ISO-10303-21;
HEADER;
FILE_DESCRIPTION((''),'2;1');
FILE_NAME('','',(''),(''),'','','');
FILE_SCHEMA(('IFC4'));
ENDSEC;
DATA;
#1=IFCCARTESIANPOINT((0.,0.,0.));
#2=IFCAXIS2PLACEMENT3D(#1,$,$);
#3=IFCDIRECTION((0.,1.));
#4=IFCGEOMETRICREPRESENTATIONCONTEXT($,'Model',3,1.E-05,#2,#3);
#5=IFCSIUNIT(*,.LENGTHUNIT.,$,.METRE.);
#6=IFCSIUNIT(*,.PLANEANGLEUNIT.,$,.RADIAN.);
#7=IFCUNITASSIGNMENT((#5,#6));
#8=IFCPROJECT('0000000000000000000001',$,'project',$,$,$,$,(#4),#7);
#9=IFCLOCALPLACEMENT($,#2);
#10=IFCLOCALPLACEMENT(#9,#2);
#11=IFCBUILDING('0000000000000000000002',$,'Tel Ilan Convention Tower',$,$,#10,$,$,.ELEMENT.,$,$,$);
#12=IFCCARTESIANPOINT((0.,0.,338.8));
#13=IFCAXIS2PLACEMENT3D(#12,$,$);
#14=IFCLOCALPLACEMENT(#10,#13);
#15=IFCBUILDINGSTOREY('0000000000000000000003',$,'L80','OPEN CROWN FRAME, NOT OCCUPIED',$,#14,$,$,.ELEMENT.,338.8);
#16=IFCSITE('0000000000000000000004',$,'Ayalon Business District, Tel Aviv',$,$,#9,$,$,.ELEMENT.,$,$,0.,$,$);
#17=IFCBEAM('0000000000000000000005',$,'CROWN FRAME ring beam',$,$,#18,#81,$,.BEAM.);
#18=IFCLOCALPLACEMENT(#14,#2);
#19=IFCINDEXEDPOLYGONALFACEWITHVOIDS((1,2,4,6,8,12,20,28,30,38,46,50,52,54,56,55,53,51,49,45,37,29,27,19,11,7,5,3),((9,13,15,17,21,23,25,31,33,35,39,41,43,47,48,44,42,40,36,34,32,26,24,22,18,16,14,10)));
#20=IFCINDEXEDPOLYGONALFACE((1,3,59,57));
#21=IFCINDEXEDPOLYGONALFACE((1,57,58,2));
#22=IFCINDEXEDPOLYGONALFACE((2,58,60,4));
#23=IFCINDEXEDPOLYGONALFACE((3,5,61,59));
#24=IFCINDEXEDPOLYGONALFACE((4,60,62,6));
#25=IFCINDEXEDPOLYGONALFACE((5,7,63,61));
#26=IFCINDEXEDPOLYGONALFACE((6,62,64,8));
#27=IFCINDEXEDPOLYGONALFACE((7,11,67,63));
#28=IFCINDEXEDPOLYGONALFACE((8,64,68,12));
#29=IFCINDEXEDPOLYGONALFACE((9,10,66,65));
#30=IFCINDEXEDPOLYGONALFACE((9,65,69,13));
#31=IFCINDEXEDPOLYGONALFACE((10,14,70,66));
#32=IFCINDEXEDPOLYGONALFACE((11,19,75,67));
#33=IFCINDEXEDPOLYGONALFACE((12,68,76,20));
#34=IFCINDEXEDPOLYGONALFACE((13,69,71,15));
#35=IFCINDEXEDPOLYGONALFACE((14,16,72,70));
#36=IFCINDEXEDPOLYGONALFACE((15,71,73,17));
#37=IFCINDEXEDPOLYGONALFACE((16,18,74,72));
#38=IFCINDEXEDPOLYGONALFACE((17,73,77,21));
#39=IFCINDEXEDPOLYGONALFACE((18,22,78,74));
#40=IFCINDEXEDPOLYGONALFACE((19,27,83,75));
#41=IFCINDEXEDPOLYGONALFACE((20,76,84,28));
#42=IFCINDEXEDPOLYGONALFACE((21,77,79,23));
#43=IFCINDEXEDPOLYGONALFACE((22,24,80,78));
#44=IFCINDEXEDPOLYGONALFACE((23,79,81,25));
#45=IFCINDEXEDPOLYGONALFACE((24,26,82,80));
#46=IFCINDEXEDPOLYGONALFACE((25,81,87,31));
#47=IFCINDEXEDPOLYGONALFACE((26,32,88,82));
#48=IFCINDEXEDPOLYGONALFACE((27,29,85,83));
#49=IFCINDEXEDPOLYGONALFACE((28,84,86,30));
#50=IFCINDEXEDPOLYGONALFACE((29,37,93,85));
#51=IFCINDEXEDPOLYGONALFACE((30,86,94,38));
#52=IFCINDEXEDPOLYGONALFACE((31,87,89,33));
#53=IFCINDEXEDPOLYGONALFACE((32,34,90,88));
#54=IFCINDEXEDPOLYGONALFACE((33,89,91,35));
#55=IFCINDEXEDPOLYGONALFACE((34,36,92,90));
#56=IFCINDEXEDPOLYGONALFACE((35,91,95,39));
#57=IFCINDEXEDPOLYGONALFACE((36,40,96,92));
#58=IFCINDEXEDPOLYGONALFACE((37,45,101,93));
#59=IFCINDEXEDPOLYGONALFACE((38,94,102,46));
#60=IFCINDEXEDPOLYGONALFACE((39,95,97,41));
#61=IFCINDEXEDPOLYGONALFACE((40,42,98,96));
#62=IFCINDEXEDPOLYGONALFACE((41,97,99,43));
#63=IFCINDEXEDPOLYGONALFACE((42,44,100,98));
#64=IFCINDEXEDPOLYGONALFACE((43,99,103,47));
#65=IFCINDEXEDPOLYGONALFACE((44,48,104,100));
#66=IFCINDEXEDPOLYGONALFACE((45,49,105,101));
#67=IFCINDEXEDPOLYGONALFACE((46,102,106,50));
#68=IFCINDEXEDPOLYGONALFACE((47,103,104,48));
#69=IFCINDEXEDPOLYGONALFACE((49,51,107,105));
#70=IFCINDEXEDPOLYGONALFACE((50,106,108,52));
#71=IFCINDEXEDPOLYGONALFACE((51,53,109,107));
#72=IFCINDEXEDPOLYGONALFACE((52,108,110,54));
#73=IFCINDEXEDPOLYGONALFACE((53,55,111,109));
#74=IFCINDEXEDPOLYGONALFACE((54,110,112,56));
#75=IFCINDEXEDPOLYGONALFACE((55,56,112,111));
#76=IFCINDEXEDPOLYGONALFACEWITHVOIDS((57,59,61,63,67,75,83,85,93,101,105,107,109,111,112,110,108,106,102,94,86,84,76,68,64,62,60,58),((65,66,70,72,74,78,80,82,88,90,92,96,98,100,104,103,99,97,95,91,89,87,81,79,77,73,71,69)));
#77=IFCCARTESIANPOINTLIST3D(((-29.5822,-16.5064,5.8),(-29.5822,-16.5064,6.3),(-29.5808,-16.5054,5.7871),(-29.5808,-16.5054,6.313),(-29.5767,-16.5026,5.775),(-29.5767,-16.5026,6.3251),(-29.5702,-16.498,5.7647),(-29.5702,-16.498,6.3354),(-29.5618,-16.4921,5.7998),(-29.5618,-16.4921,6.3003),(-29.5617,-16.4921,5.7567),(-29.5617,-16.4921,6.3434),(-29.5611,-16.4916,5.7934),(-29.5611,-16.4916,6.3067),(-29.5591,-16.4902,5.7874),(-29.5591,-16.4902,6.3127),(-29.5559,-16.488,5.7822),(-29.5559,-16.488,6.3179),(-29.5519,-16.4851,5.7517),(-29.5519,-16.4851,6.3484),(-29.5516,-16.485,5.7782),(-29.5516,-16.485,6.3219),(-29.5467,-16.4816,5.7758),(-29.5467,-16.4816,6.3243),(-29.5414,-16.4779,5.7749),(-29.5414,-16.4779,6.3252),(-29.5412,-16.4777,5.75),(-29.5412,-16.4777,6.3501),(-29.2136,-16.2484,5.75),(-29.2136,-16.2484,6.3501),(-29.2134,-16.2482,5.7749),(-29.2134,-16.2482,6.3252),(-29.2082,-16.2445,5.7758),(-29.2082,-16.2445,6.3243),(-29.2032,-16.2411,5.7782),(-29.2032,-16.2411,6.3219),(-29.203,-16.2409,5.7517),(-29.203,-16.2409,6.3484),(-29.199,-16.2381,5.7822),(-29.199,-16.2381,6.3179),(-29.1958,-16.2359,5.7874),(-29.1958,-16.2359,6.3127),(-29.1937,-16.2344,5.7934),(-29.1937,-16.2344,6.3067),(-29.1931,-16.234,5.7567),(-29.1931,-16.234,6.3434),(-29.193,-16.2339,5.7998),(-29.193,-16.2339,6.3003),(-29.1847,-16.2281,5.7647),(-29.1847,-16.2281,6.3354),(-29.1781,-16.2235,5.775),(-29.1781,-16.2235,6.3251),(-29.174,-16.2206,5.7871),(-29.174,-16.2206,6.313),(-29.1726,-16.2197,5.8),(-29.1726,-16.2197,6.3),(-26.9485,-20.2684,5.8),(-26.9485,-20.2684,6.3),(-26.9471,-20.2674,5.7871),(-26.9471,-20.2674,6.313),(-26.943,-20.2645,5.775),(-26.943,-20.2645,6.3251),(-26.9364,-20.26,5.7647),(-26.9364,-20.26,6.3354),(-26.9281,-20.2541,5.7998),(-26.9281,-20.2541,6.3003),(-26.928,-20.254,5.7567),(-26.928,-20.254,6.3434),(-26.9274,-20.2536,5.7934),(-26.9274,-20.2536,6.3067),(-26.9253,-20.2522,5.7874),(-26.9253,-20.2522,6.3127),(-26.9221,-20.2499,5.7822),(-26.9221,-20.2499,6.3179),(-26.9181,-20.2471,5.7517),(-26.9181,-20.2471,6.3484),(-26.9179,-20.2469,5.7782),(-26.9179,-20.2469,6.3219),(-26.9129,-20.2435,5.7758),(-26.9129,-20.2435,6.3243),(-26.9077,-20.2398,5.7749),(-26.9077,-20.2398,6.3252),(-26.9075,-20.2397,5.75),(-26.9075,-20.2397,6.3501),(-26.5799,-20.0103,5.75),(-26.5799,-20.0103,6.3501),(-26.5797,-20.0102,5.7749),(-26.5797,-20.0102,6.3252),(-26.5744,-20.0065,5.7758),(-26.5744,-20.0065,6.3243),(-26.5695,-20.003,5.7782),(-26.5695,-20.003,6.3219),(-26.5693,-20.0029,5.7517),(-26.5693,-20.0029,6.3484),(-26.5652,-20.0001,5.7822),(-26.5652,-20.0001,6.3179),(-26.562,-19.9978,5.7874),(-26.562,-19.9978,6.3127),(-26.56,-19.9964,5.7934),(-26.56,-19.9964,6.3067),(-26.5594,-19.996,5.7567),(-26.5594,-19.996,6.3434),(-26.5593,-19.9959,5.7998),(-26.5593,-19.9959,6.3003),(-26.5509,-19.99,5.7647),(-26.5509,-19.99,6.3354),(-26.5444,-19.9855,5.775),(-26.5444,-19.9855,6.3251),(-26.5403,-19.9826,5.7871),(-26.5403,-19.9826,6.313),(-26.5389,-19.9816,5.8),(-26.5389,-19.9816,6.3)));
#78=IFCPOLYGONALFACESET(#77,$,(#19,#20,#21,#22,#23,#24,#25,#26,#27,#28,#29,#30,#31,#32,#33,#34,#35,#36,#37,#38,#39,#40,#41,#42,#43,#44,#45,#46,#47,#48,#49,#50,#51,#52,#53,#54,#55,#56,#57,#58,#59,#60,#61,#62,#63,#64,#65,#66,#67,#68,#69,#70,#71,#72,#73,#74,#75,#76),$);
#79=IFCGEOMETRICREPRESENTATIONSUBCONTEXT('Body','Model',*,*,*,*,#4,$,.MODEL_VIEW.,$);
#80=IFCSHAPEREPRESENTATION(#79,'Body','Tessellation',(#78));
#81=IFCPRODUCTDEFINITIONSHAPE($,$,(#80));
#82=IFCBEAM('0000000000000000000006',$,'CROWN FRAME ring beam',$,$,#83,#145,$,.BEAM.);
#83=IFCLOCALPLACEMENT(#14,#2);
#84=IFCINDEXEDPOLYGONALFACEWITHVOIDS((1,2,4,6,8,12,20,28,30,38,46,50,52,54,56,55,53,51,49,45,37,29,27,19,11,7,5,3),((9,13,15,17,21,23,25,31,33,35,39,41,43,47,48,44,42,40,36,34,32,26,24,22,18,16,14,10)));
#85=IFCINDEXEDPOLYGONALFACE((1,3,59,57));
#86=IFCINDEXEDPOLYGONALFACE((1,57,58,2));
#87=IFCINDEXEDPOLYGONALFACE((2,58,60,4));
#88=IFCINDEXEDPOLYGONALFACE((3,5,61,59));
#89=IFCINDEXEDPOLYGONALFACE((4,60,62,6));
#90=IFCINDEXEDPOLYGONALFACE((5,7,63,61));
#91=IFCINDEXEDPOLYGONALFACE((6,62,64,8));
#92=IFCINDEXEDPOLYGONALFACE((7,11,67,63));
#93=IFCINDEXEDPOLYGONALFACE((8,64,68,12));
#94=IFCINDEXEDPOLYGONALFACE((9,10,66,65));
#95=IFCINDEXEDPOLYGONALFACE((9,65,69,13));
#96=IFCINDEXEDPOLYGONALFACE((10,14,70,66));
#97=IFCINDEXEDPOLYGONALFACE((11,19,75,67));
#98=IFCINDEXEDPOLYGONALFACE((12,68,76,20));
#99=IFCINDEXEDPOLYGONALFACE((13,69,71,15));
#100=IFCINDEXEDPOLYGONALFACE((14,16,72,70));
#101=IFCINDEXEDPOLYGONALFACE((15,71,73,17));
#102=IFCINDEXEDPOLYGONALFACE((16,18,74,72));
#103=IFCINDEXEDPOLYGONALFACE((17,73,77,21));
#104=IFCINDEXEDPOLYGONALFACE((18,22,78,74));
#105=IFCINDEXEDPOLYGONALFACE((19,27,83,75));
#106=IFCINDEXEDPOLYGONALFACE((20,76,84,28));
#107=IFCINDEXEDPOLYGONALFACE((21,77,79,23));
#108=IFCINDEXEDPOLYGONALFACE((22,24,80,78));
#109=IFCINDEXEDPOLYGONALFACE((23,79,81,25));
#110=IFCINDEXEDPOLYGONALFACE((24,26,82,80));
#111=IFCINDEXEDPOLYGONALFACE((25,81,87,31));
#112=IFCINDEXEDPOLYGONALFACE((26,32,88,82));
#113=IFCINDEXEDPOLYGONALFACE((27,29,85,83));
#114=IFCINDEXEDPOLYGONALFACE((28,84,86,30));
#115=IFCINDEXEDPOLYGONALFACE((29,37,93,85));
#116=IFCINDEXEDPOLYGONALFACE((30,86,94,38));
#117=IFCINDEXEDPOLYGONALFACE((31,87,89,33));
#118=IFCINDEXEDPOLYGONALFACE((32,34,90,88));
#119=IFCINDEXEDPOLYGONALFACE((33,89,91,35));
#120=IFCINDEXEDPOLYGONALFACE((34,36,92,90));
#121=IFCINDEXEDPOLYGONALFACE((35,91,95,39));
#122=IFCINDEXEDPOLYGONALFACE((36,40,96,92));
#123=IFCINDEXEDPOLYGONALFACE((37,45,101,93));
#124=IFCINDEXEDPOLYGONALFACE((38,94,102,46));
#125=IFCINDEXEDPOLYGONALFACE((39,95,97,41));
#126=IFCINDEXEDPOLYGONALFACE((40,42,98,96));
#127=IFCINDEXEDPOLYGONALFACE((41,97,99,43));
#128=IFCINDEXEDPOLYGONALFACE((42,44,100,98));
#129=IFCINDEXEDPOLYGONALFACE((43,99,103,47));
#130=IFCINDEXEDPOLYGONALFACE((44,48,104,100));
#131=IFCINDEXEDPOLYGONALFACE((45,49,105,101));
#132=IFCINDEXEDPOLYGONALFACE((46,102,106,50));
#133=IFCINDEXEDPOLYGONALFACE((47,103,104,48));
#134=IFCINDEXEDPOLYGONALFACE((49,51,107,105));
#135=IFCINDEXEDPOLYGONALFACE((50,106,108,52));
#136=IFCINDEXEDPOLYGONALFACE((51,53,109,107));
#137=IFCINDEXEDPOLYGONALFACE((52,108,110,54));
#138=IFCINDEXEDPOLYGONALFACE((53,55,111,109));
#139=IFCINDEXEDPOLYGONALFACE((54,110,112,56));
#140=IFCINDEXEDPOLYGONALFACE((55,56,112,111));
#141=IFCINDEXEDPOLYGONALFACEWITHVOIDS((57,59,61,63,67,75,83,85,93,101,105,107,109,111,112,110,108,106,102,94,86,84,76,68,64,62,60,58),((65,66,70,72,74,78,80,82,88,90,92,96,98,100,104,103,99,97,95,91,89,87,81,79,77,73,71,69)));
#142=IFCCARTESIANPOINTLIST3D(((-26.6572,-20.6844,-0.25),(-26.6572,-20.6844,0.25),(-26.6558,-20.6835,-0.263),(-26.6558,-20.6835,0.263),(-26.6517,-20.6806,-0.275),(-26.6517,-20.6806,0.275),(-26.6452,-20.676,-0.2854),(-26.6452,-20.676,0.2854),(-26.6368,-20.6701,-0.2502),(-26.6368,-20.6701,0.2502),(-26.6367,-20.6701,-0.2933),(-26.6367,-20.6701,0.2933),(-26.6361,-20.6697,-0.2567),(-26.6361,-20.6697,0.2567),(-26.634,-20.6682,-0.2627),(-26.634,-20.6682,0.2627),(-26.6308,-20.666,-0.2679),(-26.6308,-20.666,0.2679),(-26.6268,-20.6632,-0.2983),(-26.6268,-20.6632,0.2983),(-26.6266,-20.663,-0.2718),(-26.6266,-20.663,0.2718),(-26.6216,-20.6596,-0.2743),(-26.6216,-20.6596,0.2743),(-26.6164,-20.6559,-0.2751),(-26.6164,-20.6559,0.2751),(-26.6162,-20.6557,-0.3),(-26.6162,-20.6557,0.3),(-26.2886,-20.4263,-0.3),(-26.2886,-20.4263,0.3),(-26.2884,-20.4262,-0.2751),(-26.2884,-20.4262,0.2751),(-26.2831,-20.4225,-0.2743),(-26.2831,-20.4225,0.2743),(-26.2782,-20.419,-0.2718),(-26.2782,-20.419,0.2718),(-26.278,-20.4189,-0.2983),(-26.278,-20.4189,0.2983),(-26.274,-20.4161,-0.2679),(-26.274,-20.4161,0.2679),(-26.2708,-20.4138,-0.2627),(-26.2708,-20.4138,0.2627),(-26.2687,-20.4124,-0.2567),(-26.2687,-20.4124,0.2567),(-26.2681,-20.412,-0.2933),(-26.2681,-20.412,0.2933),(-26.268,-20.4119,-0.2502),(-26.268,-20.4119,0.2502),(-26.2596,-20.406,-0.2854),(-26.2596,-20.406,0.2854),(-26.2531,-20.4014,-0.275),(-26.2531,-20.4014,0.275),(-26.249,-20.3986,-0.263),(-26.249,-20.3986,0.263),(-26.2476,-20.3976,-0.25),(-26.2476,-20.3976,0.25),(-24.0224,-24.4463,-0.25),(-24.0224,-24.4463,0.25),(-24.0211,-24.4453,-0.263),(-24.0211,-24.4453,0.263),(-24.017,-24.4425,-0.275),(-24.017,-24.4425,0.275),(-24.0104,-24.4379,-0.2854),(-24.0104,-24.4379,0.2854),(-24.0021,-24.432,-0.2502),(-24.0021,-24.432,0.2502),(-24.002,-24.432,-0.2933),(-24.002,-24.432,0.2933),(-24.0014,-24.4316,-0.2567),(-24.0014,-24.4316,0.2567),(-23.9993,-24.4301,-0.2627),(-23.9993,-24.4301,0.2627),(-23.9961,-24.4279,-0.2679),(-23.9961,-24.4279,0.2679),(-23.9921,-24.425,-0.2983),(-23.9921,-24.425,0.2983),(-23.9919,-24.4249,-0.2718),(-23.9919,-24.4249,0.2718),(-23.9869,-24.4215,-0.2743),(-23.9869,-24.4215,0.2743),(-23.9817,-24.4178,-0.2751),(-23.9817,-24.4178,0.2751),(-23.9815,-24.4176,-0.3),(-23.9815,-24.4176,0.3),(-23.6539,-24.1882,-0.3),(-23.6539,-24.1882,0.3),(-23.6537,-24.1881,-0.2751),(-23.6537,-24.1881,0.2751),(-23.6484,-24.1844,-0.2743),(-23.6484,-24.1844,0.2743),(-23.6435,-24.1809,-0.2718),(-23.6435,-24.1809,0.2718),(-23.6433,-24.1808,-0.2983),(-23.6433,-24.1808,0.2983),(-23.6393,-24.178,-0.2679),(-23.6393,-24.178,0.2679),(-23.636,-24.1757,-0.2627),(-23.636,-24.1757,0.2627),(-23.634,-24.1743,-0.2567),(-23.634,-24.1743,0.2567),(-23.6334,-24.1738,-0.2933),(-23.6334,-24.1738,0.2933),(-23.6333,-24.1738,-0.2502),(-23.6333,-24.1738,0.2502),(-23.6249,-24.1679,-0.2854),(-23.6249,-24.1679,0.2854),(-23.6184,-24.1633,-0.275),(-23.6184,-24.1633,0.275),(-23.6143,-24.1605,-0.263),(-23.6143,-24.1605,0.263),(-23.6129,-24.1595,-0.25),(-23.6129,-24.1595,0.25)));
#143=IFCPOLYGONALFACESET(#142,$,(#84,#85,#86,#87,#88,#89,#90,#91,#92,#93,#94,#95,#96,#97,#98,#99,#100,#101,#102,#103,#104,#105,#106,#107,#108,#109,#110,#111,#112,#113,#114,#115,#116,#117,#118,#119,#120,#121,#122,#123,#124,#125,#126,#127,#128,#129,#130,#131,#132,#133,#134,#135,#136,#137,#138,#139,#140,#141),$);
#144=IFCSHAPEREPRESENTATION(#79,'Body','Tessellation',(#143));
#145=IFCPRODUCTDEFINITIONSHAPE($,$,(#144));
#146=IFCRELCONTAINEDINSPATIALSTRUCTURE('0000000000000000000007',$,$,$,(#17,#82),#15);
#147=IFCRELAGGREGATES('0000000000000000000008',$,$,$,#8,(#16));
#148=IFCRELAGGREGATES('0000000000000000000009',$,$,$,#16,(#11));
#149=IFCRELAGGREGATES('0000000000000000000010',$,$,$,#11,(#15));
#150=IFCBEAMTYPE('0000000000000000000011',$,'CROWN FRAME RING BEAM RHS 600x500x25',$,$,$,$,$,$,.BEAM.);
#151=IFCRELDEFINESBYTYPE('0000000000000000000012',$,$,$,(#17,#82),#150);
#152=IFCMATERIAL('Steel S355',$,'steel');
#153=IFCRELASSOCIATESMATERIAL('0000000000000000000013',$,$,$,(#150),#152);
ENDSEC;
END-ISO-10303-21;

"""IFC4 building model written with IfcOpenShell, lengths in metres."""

from ifc_helpers import new_model, si_unit, direction, frame, origin, origin_2d, place, context, subcontext, project, spatial, hollow_rectangle, extrude, material, material_profile, profile_set, type_object, element, save


model = new_model("IFC4")

# Units and contexts
model_context = context("Model", 3, precision=1e-05, world=origin(), true_north=direction((0.0, 1.0)))
body_context = subcontext(model_context, "Body", "Model", "MODEL_VIEW")
ifc_project = project(units=[si_unit("LENGTHUNIT", "METRE"), si_unit("PLANEANGLEUNIT", "RADIAN")], contexts=[model_context])

# Site, building, storey
site_placement = place(None, origin())
site = spatial("IfcSite", under=ifc_project, at=site_placement, Name="Ayalon Business District, Tel Aviv", CompositionType="ELEMENT", RefElevation=0.0)
building_placement = place(site_placement, origin())
building = spatial("IfcBuilding", under=site, at=building_placement, Name="Tel Ilan Convention Tower", CompositionType="ELEMENT")
storey_placement = place(building_placement, frame((0.0, 0.0, 338.8)))
storey = spatial("IfcBuildingStorey", under=building, at=storey_placement, Name="L80", Description="OPEN CROWN FRAME, NOT OCCUPIED", CompositionType="ELEMENT", Elevation=338.8)

# Beams
ifc_material_1 = material(Name="Steel S355", Category="steel")
ifc_material_profile_1 = material_profile(ifc_material_1, hollow_rectangle(XDim=0.5, YDim=0.6001, WallThickness=0.0249, InnerFilletRadius=0.0249, OuterFilletRadius=0.05, at=origin_2d()), Name="RHS 600x500x25")
ifc_profile_set_1 = profile_set([ifc_material_profile_1], Name="Steel S355")
beam_type = type_object("IfcBeamType", Name="CROWN FRAME RING BEAM RHS 600x500x25", PredefinedType="BEAM", material=ifc_profile_set_1)
for number, where, z_axis, x_axis, name in (
    (1, (-29.3774, -16.363, 6.05), (0.573523, -0.819189, 0.0), (0.819189, 0.573523, 0.0), "CROWN FRAME ring beam"),
):
    element("IfcBeam", number, at=place(storey_placement, frame(where, z_axis=z_axis, x_axis=x_axis)), inside=storey, type_object=beam_type, Name=name, PredefinedType="BEAM", context=body_context, shape_type="SweptSolid", body=[
        extrude(hollow_rectangle(XDim=0.5, YDim=0.6001, WallThickness=0.0249, InnerFilletRadius=0.0249, OuterFilletRadius=0.05, at=origin_2d()), origin(), (0.0, 0.0, 1.0), 4.5923),
    ])
for number, where, z_axis, x_axis, name in (
    (2, (-26.4524, -20.541, 0.0), (0.573666, -0.81909, 0.0), (0.81909, 0.573666, 0.0), "CROWN FRAME ring beam"),
):
    element("IfcBeam", number, at=place(storey_placement, frame(where, z_axis=z_axis, x_axis=x_axis)), inside=storey, type_object=beam_type, Name=name, PredefinedType="BEAM", context=body_context, shape_type="SweptSolid", body=[
        extrude(hollow_rectangle(XDim=0.5, YDim=0.6001, WallThickness=0.0249, InnerFilletRadius=0.0249, OuterFilletRadius=0.05, at=origin_2d()), origin(), (0.0, 0.0, 1.0), 4.5928),
    ])

save(model, "model.ifc")
